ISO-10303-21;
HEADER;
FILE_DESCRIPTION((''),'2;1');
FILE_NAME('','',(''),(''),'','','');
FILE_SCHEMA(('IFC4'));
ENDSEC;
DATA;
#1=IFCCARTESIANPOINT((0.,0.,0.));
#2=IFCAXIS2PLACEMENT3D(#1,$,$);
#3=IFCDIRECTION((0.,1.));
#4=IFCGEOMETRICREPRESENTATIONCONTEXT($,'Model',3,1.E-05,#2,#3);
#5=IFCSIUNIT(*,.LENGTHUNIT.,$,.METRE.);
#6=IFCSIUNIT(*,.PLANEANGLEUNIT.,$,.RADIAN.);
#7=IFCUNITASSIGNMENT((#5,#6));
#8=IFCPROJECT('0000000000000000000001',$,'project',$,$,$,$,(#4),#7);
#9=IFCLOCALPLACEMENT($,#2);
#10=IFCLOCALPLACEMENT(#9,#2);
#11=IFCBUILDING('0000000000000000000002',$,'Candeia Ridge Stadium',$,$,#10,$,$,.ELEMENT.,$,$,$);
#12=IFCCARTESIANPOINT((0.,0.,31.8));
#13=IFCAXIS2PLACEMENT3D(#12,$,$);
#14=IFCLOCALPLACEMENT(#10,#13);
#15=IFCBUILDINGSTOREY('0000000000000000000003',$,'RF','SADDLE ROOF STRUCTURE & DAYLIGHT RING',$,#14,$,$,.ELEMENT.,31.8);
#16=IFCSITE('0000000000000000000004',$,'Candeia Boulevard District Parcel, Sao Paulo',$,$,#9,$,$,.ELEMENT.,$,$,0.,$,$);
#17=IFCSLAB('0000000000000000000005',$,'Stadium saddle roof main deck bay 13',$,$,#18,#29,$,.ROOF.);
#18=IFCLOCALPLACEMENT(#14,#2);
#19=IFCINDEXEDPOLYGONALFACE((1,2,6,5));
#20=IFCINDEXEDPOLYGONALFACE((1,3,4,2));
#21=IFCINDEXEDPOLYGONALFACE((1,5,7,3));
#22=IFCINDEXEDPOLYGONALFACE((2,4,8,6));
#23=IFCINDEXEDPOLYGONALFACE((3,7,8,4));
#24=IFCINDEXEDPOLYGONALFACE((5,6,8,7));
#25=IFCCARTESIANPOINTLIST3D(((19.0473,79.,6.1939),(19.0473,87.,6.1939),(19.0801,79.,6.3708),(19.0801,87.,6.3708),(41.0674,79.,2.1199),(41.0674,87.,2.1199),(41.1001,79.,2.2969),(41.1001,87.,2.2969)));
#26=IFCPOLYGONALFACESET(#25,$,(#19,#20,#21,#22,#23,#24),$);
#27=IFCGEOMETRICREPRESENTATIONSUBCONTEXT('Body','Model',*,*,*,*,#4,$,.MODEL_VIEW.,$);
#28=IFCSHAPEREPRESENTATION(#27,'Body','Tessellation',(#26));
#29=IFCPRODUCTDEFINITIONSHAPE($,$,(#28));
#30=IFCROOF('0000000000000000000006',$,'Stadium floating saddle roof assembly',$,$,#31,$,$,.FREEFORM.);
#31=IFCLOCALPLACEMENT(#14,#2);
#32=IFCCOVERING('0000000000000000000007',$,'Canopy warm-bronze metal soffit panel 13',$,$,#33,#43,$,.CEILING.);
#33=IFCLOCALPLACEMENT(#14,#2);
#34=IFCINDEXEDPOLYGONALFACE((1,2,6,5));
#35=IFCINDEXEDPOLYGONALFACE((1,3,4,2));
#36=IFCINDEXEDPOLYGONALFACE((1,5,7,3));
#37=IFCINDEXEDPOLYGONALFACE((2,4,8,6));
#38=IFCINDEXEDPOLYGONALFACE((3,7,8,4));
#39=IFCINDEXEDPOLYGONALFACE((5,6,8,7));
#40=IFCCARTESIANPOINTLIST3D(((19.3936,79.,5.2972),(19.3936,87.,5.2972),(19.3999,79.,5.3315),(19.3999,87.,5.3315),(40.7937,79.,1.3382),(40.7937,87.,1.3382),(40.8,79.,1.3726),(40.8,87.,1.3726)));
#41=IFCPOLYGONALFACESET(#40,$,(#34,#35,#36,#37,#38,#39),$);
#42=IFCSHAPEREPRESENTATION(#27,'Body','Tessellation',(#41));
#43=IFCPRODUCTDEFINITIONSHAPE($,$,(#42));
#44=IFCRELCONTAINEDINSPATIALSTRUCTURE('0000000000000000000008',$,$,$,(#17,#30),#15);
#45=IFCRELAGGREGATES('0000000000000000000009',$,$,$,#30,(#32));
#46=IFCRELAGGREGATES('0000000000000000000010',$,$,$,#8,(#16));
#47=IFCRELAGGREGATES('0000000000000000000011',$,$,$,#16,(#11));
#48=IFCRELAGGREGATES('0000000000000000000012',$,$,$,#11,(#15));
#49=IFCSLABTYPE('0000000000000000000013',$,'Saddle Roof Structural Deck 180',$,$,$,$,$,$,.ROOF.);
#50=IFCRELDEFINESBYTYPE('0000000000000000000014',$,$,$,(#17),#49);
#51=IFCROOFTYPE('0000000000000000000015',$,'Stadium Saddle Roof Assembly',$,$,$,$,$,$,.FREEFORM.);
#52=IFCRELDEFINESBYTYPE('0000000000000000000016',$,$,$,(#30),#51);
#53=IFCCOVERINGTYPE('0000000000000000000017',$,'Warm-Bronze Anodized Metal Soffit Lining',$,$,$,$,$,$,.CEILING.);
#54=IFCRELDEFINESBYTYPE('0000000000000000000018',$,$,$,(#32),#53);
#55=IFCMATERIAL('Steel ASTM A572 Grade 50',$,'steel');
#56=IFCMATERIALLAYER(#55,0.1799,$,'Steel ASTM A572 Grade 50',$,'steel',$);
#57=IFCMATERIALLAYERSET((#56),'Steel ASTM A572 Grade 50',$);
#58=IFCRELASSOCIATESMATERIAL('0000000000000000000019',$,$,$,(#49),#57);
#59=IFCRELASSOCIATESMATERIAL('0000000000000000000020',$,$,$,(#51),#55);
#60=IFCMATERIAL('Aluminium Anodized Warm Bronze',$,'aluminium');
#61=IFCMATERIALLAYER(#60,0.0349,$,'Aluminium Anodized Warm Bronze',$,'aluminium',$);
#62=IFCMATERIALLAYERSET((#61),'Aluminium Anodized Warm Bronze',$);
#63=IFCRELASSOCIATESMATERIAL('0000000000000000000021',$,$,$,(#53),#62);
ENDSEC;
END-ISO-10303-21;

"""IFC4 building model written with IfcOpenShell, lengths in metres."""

from ifc_helpers import new_model, si_unit, direction, frame, origin, place, context, subcontext, project, spatial, polyline, outline, extrude, material, layer, layer_set, type_object, element, aggregate, save


model = new_model("IFC4")

# Units and contexts
model_context = context("Model", 3, precision=1e-05, world=origin(), true_north=direction((0.0, 1.0)))
body_context = subcontext(model_context, "Body", "Model", "MODEL_VIEW")
ifc_project = project(units=[si_unit("LENGTHUNIT", "METRE"), si_unit("PLANEANGLEUNIT", "RADIAN")], contexts=[model_context])

# Site, building, storey
site_placement = place(None, origin())
site = spatial("IfcSite", under=ifc_project, at=site_placement, Name="Candeia Boulevard District Parcel, Sao Paulo", CompositionType="ELEMENT", RefElevation=0.0)
building_placement = place(site_placement, origin())
building = spatial("IfcBuilding", under=site, at=building_placement, Name="Candeia Ridge Stadium", CompositionType="ELEMENT")
storey_placement = place(building_placement, frame((0.0, 0.0, 31.8)))
storey = spatial("IfcBuildingStorey", under=building, at=storey_placement, Name="RF", Description="SADDLE ROOF STRUCTURE & DAYLIGHT RING", CompositionType="ELEMENT", Elevation=31.8)

# Shared definitions
ifc_material_1 = material(Name="Steel ASTM A572 Grade 50", Category="steel")

# Slab
ifc_layer_1 = layer(ifc_material_1, 0.1799, Name="Steel ASTM A572 Grade 50", Category="steel")
ifc_layer_set_1 = layer_set([ifc_layer_1], Name="Steel ASTM A572 Grade 50")
slab_type = type_object("IfcSlabType", Name="Saddle Roof Structural Deck 180", PredefinedType="ROOF", material=ifc_layer_set_1)
slab_placement = place(storey_placement, frame((41.1001, 87.0, 2.2969), z_axis=(0.181925, 0.0, 0.983312), x_axis=(0.0, -1.0, 0.0)))
element("IfcSlab", 1, at=slab_placement, inside=storey, type_object=slab_type, Name="Stadium saddle roof main deck bay 13", PredefinedType="ROOF", context=body_context, shape_type="SweptSolid", body=[
    extrude(outline(polyline([(0.0, 0.0), (8.0, 0.0), (8.0, -22.3937), (0.0, -22.3937), (0.0, 0.0)])), origin(), (0.0, 0.0, -1.0), 0.1799),
])

# Roof, covering
roof_type = type_object("IfcRoofType", Name="Stadium Saddle Roof Assembly", PredefinedType="FREEFORM", material=ifc_material_1)
roof_placement = place(storey_placement, origin())
roof = element("IfcRoof", 2, at=roof_placement, inside=storey, type_object=roof_type, Name="Stadium floating saddle roof assembly", PredefinedType="FREEFORM")
ifc_material_2 = material(Name="Aluminium Anodized Warm Bronze", Category="aluminium")
ifc_layer_2 = layer(ifc_material_2, 0.0349, Name="Aluminium Anodized Warm Bronze", Category="aluminium")
ifc_layer_set_2 = layer_set([ifc_layer_2], Name="Aluminium Anodized Warm Bronze")
covering_type = type_object("IfcCoveringType", Name="Warm-Bronze Anodized Metal Soffit Lining", PredefinedType="CEILING", material=ifc_layer_set_2)
covering_placement = place(storey_placement, frame((40.8, 87.0, 1.3726), z_axis=(0.181911, 0.0, 0.983315), x_axis=(0.0, -1.0, 0.0)))
covering = element("IfcCovering", 3, at=covering_placement, type_object=covering_type, Name="Canopy warm-bronze metal soffit panel 13", PredefinedType="CEILING", context=body_context, shape_type="SweptSolid", body=[
    extrude(outline(polyline([(0.0, 0.0), (8.0, 0.0), (8.0, -21.7633), (0.0, -21.7633), (0.0, 0.0)])), origin(), (0.0, 0.0, -1.0), 0.0349),
])
aggregate(roof, [covering])

save(model, "model.ifc")
